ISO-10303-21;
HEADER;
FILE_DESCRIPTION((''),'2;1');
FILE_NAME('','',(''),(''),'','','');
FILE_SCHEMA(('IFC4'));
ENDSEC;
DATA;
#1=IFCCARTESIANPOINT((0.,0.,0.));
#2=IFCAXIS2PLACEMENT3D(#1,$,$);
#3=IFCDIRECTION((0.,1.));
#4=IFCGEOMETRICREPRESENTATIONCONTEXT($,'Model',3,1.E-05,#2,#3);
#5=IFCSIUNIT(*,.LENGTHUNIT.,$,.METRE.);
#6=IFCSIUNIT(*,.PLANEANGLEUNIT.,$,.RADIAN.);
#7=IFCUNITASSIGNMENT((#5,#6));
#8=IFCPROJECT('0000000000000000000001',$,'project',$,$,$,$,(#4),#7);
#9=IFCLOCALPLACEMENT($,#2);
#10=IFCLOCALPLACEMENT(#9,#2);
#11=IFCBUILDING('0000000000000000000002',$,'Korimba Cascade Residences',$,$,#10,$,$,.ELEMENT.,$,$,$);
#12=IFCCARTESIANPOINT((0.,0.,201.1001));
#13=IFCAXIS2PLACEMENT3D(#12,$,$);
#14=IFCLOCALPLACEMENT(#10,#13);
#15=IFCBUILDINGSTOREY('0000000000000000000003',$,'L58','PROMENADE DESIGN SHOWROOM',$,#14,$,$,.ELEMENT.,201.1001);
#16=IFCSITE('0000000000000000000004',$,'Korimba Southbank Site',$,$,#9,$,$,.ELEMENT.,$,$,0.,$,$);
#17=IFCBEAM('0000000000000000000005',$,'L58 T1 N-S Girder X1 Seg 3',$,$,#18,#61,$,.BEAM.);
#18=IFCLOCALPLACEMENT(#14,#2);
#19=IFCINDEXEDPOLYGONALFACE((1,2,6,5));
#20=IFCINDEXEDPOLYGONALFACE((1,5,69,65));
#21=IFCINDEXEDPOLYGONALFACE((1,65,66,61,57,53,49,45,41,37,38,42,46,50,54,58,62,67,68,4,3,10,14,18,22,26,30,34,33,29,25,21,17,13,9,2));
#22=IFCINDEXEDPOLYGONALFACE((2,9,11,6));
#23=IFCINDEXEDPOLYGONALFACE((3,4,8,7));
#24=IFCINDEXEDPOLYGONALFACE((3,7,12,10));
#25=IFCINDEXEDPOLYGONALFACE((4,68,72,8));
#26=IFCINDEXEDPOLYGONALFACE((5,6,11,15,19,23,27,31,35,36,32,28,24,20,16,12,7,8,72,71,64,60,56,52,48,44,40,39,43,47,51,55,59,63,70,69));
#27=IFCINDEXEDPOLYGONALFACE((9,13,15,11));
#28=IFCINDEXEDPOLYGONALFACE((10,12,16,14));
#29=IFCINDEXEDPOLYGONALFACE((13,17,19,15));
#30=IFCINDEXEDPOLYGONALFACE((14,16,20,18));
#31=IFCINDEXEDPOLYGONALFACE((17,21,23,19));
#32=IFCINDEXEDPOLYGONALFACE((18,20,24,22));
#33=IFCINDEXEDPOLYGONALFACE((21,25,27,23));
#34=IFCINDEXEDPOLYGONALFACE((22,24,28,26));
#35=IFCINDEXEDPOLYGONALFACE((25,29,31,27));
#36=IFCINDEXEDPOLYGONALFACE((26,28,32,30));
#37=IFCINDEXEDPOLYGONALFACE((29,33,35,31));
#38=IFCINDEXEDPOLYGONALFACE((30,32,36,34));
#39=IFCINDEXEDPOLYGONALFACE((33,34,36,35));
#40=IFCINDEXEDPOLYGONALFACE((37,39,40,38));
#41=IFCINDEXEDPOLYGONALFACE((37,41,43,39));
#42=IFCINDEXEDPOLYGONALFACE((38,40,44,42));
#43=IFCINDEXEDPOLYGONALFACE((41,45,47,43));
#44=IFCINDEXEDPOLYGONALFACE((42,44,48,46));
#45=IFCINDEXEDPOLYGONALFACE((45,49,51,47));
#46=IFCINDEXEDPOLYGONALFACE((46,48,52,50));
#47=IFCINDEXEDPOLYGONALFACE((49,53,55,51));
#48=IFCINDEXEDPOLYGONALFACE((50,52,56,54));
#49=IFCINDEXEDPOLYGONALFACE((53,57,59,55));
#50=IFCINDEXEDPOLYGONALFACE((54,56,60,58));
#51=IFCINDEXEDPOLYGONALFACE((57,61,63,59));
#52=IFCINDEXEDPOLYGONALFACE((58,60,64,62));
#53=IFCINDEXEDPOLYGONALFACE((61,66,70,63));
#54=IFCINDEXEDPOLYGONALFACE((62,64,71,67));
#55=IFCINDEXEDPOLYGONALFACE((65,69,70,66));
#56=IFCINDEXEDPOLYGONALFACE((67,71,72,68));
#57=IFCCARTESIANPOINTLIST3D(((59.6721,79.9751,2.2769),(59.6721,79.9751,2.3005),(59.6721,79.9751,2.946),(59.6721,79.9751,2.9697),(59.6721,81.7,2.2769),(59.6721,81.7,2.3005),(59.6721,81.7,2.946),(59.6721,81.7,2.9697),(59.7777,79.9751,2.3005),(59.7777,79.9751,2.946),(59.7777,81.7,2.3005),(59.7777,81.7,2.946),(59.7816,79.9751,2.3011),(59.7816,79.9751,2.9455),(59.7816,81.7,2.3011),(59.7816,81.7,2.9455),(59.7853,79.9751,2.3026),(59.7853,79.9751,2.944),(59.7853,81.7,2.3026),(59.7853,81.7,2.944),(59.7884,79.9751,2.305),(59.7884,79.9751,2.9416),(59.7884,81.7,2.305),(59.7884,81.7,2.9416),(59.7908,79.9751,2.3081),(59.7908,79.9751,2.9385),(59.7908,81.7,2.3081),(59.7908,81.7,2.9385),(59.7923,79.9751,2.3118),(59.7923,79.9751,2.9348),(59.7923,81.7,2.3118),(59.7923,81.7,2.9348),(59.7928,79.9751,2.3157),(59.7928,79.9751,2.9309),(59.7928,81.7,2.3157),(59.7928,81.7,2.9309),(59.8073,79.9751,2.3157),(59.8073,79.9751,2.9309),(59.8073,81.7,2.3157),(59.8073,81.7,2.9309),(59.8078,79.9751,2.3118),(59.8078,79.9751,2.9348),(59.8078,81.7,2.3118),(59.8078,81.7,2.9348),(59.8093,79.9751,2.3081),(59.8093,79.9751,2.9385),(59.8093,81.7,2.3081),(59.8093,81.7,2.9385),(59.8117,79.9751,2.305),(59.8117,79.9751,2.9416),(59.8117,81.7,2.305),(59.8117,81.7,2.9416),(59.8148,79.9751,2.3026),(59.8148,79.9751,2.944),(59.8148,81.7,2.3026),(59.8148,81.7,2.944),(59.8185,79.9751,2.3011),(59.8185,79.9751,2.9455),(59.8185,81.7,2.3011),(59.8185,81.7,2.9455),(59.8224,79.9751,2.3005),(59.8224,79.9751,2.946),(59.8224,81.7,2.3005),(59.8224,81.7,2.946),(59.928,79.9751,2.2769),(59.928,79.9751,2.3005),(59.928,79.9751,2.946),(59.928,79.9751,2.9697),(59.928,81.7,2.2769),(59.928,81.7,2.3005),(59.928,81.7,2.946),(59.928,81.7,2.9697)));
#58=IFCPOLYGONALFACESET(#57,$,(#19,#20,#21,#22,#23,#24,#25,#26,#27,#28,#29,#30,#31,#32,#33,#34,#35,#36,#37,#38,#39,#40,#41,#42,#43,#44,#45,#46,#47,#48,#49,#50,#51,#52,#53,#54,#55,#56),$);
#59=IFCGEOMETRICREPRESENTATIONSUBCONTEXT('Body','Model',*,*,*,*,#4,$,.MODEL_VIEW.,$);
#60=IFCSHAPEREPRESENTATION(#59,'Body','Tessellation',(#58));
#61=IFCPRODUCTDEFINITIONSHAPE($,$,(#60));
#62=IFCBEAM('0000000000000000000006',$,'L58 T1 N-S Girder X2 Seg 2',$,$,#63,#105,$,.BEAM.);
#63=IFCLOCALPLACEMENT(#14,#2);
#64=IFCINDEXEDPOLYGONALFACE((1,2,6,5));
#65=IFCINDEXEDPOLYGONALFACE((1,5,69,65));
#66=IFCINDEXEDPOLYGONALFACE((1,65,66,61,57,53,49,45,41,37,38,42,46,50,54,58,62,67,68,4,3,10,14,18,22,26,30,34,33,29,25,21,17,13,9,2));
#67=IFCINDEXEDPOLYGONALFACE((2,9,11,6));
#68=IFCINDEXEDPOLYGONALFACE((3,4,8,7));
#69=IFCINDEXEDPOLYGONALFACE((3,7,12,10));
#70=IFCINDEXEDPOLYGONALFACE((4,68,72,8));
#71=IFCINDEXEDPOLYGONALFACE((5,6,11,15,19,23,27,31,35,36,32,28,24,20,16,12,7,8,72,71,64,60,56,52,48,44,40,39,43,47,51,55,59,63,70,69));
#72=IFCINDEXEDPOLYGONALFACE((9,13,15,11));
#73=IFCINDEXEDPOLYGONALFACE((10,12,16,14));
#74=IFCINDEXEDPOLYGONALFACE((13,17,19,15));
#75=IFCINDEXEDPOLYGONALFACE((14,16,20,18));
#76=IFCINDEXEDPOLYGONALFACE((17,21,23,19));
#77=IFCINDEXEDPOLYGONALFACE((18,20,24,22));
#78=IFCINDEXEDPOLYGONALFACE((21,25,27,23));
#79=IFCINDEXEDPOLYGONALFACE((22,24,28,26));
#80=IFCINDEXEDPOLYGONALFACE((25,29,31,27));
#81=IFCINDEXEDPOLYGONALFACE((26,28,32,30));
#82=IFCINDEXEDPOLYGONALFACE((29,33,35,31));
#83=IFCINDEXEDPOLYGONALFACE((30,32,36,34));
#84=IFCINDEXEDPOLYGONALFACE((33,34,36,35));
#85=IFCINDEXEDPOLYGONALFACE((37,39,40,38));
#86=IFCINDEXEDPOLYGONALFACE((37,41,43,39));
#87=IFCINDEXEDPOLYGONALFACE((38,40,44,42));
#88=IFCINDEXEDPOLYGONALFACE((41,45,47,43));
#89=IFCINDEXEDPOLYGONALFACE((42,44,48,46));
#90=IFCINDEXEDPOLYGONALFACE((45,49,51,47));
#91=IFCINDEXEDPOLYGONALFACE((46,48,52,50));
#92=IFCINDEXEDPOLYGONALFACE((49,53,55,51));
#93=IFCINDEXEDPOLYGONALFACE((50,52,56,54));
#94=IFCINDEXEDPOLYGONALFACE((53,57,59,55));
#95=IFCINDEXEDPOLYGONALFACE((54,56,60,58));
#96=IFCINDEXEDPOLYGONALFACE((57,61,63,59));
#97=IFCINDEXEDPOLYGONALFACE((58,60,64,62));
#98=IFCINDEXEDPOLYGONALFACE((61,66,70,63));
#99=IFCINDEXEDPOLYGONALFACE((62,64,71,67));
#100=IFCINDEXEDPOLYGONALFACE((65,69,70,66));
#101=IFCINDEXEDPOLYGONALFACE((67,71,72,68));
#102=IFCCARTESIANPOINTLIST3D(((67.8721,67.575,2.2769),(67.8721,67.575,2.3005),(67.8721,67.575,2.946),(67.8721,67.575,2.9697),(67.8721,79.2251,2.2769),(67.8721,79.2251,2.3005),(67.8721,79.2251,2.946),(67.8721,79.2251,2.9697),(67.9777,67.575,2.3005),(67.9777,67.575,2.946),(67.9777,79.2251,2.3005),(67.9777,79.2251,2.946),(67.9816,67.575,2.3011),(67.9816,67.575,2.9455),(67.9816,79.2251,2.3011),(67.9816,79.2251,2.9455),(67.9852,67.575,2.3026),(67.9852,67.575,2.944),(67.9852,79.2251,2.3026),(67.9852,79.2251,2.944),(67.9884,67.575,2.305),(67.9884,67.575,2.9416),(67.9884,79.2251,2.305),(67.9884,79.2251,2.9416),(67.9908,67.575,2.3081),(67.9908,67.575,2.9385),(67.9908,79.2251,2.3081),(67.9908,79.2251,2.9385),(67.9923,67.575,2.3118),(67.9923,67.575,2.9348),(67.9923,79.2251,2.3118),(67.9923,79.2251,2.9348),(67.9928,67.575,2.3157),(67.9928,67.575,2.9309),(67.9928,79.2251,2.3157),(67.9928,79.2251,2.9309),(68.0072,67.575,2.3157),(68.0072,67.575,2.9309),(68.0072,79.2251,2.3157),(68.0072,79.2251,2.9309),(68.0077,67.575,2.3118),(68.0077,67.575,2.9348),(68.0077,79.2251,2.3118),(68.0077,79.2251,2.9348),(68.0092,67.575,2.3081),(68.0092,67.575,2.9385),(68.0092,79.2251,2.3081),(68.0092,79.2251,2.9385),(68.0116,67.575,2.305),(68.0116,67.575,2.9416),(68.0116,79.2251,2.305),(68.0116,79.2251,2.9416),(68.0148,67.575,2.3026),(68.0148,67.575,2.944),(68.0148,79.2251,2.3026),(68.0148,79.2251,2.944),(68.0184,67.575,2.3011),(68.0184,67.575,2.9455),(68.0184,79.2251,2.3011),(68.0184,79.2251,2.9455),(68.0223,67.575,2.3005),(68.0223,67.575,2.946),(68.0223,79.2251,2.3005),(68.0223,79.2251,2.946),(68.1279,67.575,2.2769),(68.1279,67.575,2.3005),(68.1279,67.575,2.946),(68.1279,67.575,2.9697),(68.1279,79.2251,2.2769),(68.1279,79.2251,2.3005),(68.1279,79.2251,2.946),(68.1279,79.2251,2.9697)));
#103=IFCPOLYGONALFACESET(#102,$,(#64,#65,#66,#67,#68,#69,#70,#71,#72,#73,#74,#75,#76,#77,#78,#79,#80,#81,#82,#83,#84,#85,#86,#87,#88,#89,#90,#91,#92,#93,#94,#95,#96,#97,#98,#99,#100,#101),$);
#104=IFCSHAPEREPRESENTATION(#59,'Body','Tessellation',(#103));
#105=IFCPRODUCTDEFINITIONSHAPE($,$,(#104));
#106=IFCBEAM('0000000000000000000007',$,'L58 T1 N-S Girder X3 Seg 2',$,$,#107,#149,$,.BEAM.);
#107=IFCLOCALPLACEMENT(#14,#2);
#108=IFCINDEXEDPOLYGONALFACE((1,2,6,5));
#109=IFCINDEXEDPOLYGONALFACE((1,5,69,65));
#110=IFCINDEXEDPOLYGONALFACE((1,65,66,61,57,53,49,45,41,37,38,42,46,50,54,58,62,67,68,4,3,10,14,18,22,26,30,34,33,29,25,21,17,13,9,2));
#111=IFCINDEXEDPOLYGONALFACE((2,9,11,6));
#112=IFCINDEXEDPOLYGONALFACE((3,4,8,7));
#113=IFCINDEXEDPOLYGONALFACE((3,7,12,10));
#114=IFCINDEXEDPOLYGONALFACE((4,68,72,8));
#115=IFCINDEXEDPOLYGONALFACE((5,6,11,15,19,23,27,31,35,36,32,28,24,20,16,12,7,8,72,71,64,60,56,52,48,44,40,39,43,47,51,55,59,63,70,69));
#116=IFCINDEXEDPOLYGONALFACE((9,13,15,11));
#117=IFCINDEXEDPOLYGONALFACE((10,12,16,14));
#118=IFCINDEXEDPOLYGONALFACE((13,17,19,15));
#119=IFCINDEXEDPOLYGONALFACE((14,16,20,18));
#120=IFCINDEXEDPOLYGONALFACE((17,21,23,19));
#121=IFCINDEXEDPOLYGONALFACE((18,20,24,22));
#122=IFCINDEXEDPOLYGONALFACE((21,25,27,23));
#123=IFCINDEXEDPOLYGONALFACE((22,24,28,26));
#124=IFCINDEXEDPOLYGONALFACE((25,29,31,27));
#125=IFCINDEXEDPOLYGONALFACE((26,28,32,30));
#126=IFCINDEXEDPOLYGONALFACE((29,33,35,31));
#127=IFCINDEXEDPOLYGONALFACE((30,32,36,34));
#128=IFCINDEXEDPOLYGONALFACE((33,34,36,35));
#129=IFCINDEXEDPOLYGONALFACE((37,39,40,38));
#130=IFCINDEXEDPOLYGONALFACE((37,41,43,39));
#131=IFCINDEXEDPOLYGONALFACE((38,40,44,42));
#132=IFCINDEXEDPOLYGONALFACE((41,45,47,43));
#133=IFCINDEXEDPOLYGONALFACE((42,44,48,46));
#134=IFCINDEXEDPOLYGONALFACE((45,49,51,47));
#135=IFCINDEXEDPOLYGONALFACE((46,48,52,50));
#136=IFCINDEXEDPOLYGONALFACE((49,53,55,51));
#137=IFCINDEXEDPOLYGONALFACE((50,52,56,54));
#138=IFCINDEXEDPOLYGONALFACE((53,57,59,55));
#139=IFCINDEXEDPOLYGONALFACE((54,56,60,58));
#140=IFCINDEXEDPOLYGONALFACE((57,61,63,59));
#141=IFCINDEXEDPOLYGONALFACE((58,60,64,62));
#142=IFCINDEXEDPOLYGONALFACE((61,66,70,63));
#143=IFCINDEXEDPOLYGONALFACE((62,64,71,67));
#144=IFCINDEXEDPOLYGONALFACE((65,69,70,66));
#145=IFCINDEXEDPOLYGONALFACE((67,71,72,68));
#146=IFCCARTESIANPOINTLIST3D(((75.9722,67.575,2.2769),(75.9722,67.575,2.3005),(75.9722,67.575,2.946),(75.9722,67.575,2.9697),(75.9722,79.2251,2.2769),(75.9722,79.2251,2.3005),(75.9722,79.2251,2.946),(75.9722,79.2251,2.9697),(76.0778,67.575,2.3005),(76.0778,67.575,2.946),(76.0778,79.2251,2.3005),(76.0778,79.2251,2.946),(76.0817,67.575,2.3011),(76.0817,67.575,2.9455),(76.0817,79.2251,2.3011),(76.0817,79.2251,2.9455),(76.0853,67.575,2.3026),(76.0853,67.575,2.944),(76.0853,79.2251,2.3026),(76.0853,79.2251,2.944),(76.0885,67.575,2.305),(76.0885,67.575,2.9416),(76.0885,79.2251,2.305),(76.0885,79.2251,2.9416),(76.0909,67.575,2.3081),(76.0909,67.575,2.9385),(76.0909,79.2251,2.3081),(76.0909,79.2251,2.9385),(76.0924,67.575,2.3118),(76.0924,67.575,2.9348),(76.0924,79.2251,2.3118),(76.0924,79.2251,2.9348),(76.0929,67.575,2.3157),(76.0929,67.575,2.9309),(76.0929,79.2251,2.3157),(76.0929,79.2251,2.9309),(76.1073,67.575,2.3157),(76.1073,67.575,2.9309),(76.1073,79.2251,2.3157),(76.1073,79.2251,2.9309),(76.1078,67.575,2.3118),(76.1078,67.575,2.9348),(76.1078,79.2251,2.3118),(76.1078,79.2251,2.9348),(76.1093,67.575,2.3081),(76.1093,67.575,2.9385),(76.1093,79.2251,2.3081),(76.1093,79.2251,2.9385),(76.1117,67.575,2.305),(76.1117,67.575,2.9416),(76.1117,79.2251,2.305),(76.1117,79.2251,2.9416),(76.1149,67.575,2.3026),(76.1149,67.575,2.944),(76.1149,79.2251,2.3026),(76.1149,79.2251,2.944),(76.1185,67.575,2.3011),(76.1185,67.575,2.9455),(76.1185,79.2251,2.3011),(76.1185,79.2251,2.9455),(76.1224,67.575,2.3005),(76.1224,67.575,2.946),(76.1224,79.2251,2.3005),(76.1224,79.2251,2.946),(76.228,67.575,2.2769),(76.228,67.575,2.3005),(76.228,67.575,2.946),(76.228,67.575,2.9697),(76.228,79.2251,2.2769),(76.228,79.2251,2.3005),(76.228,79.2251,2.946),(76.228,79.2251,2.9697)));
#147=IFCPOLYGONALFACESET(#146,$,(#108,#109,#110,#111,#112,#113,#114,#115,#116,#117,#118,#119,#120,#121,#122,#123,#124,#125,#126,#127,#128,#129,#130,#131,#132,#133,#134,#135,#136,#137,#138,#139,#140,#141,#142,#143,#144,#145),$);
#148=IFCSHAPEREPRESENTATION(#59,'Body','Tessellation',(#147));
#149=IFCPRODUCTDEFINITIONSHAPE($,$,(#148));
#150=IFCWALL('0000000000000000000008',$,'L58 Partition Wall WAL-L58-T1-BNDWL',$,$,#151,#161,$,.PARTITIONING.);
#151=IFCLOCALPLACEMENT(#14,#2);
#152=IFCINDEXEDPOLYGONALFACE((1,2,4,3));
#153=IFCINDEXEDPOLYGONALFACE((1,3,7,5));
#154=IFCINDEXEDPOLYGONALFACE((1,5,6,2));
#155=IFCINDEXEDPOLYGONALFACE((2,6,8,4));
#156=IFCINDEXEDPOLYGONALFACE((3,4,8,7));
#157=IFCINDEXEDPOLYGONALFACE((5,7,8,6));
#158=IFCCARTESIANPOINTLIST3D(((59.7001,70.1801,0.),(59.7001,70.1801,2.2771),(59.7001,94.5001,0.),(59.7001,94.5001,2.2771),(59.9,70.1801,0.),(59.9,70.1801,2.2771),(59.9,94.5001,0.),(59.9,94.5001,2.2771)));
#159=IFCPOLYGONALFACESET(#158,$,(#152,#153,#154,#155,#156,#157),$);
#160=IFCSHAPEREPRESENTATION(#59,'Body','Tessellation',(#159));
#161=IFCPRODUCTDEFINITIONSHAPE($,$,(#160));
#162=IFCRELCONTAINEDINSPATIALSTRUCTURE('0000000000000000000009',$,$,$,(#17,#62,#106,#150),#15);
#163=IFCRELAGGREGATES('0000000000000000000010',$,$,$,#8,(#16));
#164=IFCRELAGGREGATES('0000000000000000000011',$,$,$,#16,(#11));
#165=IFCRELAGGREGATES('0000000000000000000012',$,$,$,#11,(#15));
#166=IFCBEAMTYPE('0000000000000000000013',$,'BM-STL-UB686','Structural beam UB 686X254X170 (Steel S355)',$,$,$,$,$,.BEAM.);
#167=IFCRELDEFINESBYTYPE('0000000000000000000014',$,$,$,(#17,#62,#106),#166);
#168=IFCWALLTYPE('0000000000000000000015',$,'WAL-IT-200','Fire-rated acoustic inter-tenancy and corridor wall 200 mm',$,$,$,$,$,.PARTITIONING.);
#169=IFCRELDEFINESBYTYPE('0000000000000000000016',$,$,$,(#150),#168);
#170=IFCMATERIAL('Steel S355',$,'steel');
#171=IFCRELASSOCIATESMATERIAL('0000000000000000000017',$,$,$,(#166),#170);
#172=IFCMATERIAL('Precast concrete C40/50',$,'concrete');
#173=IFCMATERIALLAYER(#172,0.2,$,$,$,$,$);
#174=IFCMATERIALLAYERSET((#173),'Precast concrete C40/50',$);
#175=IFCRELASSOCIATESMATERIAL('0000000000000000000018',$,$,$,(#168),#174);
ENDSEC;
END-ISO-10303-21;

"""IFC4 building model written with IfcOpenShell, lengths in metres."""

from ifc_helpers import new_model, si_unit, direction, frame, frame_2d, origin, origin_2d, place, context, subcontext, project, spatial, rectangle, i_section, extrude, material, layer, layer_set, material_profile, profile_set, type_object, element, save


model = new_model("IFC4")

# Units and contexts
model_context = context("Model", 3, precision=1e-05, world=origin(), true_north=direction((0.0, 1.0)))
body_context = subcontext(model_context, "Body", "Model", "MODEL_VIEW")
ifc_project = project(units=[si_unit("LENGTHUNIT", "METRE"), si_unit("PLANEANGLEUNIT", "RADIAN")], contexts=[model_context])

# Site, building, storey
site_placement = place(None, origin())
site = spatial("IfcSite", under=ifc_project, at=site_placement, Name="Korimba Southbank Site", CompositionType="ELEMENT", RefElevation=0.0)
building_placement = place(site_placement, origin())
building = spatial("IfcBuilding", under=site, at=building_placement, Name="Korimba Cascade Residences", CompositionType="ELEMENT")
storey_placement = place(building_placement, frame((0.0, 0.0, 201.1001)))
storey = spatial("IfcBuildingStorey", under=building, at=storey_placement, Name="L58", Description="PROMENADE DESIGN SHOWROOM", CompositionType="ELEMENT", Elevation=201.1001)

# Beams
ifc_material_1 = material(Name="Steel S355", Category="steel")
ifc_material_profile_1 = material_profile(ifc_material_1, i_section(OverallWidth=0.2559, OverallDepth=0.6929, WebThickness=0.0144, FlangeThickness=0.0237, FilletRadius=0.0151, at=origin_2d()), Name="Steel S355")
ifc_profile_set_1 = profile_set([ifc_material_profile_1], Name="Steel S355")
beam_type_1 = type_object("IfcBeamType", Name="BM-STL-UB686", Description="Structural beam UB 686X254X170 (Steel S355)", PredefinedType="BEAM", material=ifc_profile_set_1)
beam_1_placement = place(storey_placement, frame((59.8, 79.9751, 2.6233), z_axis=(0.0, 1.0, 0.0), x_axis=(-1.0, 0.0, 0.0)))
element("IfcBeam", 1, at=beam_1_placement, inside=storey, type_object=beam_type_1, Name="L58 T1 N-S Girder X1 Seg 3", PredefinedType="BEAM", context=body_context, shape_type="SweptSolid", body=[
    extrude(i_section(OverallWidth=0.2559, OverallDepth=0.6929, WebThickness=0.0144, FlangeThickness=0.0237, FilletRadius=0.0151, at=origin_2d()), origin(), (0.0, 0.0, 1.0), 1.7249),
])
for number, where, z_axis, x_axis, name in (
    (2, (68.0, 67.575, 2.6233), (0.0, 1.0, 0.0), (-1.0, 0.0, 0.0), "L58 T1 N-S Girder X2 Seg 2"),
    (3, (76.1001, 67.575, 2.6233), (0.0, 1.0, 0.0), (-1.0, 0.0, 0.0), "L58 T1 N-S Girder X3 Seg 2"),
):
    element("IfcBeam", number, at=place(storey_placement, frame(where, z_axis=z_axis, x_axis=x_axis)), inside=storey, type_object=beam_type_1, Name=name, PredefinedType="BEAM", context=body_context, shape_type="SweptSolid", body=[
        extrude(i_section(OverallWidth=0.2559, OverallDepth=0.6929, WebThickness=0.0144, FlangeThickness=0.0237, FilletRadius=0.0151, at=origin_2d()), origin(), (0.0, 0.0, 1.0), 11.6501),
    ])

# Wall
ifc_material_2 = material(Name="Precast concrete C40/50", Category="concrete")
ifc_layer_1 = layer(ifc_material_2, 0.2)
ifc_layer_set_1 = layer_set([ifc_layer_1], Name="Precast concrete C40/50")
wall_type_1 = type_object("IfcWallType", Name="WAL-IT-200", Description="Fire-rated acoustic inter-tenancy and corridor wall 200 mm", PredefinedType="PARTITIONING", material=ifc_layer_set_1)
wall_1_placement = place(storey_placement, frame((59.8, 70.1799, 0.0), z_axis=(0.0, 0.0, 1.0), x_axis=(0.0, 1.0, 0.0)))
element("IfcWall", 4, at=wall_1_placement, inside=storey, type_object=wall_type_1, Name="L58 Partition Wall WAL-L58-T1-BNDWL", PredefinedType="PARTITIONING", context=body_context, shape_type="SweptSolid", body=[
    extrude(rectangle(XDim=24.3201, YDim=0.2, at=frame_2d((12.1602, 0.0))), origin(), (0.0, 0.0, 1.0), 2.2771),
])

save(model, "model.ifc")
